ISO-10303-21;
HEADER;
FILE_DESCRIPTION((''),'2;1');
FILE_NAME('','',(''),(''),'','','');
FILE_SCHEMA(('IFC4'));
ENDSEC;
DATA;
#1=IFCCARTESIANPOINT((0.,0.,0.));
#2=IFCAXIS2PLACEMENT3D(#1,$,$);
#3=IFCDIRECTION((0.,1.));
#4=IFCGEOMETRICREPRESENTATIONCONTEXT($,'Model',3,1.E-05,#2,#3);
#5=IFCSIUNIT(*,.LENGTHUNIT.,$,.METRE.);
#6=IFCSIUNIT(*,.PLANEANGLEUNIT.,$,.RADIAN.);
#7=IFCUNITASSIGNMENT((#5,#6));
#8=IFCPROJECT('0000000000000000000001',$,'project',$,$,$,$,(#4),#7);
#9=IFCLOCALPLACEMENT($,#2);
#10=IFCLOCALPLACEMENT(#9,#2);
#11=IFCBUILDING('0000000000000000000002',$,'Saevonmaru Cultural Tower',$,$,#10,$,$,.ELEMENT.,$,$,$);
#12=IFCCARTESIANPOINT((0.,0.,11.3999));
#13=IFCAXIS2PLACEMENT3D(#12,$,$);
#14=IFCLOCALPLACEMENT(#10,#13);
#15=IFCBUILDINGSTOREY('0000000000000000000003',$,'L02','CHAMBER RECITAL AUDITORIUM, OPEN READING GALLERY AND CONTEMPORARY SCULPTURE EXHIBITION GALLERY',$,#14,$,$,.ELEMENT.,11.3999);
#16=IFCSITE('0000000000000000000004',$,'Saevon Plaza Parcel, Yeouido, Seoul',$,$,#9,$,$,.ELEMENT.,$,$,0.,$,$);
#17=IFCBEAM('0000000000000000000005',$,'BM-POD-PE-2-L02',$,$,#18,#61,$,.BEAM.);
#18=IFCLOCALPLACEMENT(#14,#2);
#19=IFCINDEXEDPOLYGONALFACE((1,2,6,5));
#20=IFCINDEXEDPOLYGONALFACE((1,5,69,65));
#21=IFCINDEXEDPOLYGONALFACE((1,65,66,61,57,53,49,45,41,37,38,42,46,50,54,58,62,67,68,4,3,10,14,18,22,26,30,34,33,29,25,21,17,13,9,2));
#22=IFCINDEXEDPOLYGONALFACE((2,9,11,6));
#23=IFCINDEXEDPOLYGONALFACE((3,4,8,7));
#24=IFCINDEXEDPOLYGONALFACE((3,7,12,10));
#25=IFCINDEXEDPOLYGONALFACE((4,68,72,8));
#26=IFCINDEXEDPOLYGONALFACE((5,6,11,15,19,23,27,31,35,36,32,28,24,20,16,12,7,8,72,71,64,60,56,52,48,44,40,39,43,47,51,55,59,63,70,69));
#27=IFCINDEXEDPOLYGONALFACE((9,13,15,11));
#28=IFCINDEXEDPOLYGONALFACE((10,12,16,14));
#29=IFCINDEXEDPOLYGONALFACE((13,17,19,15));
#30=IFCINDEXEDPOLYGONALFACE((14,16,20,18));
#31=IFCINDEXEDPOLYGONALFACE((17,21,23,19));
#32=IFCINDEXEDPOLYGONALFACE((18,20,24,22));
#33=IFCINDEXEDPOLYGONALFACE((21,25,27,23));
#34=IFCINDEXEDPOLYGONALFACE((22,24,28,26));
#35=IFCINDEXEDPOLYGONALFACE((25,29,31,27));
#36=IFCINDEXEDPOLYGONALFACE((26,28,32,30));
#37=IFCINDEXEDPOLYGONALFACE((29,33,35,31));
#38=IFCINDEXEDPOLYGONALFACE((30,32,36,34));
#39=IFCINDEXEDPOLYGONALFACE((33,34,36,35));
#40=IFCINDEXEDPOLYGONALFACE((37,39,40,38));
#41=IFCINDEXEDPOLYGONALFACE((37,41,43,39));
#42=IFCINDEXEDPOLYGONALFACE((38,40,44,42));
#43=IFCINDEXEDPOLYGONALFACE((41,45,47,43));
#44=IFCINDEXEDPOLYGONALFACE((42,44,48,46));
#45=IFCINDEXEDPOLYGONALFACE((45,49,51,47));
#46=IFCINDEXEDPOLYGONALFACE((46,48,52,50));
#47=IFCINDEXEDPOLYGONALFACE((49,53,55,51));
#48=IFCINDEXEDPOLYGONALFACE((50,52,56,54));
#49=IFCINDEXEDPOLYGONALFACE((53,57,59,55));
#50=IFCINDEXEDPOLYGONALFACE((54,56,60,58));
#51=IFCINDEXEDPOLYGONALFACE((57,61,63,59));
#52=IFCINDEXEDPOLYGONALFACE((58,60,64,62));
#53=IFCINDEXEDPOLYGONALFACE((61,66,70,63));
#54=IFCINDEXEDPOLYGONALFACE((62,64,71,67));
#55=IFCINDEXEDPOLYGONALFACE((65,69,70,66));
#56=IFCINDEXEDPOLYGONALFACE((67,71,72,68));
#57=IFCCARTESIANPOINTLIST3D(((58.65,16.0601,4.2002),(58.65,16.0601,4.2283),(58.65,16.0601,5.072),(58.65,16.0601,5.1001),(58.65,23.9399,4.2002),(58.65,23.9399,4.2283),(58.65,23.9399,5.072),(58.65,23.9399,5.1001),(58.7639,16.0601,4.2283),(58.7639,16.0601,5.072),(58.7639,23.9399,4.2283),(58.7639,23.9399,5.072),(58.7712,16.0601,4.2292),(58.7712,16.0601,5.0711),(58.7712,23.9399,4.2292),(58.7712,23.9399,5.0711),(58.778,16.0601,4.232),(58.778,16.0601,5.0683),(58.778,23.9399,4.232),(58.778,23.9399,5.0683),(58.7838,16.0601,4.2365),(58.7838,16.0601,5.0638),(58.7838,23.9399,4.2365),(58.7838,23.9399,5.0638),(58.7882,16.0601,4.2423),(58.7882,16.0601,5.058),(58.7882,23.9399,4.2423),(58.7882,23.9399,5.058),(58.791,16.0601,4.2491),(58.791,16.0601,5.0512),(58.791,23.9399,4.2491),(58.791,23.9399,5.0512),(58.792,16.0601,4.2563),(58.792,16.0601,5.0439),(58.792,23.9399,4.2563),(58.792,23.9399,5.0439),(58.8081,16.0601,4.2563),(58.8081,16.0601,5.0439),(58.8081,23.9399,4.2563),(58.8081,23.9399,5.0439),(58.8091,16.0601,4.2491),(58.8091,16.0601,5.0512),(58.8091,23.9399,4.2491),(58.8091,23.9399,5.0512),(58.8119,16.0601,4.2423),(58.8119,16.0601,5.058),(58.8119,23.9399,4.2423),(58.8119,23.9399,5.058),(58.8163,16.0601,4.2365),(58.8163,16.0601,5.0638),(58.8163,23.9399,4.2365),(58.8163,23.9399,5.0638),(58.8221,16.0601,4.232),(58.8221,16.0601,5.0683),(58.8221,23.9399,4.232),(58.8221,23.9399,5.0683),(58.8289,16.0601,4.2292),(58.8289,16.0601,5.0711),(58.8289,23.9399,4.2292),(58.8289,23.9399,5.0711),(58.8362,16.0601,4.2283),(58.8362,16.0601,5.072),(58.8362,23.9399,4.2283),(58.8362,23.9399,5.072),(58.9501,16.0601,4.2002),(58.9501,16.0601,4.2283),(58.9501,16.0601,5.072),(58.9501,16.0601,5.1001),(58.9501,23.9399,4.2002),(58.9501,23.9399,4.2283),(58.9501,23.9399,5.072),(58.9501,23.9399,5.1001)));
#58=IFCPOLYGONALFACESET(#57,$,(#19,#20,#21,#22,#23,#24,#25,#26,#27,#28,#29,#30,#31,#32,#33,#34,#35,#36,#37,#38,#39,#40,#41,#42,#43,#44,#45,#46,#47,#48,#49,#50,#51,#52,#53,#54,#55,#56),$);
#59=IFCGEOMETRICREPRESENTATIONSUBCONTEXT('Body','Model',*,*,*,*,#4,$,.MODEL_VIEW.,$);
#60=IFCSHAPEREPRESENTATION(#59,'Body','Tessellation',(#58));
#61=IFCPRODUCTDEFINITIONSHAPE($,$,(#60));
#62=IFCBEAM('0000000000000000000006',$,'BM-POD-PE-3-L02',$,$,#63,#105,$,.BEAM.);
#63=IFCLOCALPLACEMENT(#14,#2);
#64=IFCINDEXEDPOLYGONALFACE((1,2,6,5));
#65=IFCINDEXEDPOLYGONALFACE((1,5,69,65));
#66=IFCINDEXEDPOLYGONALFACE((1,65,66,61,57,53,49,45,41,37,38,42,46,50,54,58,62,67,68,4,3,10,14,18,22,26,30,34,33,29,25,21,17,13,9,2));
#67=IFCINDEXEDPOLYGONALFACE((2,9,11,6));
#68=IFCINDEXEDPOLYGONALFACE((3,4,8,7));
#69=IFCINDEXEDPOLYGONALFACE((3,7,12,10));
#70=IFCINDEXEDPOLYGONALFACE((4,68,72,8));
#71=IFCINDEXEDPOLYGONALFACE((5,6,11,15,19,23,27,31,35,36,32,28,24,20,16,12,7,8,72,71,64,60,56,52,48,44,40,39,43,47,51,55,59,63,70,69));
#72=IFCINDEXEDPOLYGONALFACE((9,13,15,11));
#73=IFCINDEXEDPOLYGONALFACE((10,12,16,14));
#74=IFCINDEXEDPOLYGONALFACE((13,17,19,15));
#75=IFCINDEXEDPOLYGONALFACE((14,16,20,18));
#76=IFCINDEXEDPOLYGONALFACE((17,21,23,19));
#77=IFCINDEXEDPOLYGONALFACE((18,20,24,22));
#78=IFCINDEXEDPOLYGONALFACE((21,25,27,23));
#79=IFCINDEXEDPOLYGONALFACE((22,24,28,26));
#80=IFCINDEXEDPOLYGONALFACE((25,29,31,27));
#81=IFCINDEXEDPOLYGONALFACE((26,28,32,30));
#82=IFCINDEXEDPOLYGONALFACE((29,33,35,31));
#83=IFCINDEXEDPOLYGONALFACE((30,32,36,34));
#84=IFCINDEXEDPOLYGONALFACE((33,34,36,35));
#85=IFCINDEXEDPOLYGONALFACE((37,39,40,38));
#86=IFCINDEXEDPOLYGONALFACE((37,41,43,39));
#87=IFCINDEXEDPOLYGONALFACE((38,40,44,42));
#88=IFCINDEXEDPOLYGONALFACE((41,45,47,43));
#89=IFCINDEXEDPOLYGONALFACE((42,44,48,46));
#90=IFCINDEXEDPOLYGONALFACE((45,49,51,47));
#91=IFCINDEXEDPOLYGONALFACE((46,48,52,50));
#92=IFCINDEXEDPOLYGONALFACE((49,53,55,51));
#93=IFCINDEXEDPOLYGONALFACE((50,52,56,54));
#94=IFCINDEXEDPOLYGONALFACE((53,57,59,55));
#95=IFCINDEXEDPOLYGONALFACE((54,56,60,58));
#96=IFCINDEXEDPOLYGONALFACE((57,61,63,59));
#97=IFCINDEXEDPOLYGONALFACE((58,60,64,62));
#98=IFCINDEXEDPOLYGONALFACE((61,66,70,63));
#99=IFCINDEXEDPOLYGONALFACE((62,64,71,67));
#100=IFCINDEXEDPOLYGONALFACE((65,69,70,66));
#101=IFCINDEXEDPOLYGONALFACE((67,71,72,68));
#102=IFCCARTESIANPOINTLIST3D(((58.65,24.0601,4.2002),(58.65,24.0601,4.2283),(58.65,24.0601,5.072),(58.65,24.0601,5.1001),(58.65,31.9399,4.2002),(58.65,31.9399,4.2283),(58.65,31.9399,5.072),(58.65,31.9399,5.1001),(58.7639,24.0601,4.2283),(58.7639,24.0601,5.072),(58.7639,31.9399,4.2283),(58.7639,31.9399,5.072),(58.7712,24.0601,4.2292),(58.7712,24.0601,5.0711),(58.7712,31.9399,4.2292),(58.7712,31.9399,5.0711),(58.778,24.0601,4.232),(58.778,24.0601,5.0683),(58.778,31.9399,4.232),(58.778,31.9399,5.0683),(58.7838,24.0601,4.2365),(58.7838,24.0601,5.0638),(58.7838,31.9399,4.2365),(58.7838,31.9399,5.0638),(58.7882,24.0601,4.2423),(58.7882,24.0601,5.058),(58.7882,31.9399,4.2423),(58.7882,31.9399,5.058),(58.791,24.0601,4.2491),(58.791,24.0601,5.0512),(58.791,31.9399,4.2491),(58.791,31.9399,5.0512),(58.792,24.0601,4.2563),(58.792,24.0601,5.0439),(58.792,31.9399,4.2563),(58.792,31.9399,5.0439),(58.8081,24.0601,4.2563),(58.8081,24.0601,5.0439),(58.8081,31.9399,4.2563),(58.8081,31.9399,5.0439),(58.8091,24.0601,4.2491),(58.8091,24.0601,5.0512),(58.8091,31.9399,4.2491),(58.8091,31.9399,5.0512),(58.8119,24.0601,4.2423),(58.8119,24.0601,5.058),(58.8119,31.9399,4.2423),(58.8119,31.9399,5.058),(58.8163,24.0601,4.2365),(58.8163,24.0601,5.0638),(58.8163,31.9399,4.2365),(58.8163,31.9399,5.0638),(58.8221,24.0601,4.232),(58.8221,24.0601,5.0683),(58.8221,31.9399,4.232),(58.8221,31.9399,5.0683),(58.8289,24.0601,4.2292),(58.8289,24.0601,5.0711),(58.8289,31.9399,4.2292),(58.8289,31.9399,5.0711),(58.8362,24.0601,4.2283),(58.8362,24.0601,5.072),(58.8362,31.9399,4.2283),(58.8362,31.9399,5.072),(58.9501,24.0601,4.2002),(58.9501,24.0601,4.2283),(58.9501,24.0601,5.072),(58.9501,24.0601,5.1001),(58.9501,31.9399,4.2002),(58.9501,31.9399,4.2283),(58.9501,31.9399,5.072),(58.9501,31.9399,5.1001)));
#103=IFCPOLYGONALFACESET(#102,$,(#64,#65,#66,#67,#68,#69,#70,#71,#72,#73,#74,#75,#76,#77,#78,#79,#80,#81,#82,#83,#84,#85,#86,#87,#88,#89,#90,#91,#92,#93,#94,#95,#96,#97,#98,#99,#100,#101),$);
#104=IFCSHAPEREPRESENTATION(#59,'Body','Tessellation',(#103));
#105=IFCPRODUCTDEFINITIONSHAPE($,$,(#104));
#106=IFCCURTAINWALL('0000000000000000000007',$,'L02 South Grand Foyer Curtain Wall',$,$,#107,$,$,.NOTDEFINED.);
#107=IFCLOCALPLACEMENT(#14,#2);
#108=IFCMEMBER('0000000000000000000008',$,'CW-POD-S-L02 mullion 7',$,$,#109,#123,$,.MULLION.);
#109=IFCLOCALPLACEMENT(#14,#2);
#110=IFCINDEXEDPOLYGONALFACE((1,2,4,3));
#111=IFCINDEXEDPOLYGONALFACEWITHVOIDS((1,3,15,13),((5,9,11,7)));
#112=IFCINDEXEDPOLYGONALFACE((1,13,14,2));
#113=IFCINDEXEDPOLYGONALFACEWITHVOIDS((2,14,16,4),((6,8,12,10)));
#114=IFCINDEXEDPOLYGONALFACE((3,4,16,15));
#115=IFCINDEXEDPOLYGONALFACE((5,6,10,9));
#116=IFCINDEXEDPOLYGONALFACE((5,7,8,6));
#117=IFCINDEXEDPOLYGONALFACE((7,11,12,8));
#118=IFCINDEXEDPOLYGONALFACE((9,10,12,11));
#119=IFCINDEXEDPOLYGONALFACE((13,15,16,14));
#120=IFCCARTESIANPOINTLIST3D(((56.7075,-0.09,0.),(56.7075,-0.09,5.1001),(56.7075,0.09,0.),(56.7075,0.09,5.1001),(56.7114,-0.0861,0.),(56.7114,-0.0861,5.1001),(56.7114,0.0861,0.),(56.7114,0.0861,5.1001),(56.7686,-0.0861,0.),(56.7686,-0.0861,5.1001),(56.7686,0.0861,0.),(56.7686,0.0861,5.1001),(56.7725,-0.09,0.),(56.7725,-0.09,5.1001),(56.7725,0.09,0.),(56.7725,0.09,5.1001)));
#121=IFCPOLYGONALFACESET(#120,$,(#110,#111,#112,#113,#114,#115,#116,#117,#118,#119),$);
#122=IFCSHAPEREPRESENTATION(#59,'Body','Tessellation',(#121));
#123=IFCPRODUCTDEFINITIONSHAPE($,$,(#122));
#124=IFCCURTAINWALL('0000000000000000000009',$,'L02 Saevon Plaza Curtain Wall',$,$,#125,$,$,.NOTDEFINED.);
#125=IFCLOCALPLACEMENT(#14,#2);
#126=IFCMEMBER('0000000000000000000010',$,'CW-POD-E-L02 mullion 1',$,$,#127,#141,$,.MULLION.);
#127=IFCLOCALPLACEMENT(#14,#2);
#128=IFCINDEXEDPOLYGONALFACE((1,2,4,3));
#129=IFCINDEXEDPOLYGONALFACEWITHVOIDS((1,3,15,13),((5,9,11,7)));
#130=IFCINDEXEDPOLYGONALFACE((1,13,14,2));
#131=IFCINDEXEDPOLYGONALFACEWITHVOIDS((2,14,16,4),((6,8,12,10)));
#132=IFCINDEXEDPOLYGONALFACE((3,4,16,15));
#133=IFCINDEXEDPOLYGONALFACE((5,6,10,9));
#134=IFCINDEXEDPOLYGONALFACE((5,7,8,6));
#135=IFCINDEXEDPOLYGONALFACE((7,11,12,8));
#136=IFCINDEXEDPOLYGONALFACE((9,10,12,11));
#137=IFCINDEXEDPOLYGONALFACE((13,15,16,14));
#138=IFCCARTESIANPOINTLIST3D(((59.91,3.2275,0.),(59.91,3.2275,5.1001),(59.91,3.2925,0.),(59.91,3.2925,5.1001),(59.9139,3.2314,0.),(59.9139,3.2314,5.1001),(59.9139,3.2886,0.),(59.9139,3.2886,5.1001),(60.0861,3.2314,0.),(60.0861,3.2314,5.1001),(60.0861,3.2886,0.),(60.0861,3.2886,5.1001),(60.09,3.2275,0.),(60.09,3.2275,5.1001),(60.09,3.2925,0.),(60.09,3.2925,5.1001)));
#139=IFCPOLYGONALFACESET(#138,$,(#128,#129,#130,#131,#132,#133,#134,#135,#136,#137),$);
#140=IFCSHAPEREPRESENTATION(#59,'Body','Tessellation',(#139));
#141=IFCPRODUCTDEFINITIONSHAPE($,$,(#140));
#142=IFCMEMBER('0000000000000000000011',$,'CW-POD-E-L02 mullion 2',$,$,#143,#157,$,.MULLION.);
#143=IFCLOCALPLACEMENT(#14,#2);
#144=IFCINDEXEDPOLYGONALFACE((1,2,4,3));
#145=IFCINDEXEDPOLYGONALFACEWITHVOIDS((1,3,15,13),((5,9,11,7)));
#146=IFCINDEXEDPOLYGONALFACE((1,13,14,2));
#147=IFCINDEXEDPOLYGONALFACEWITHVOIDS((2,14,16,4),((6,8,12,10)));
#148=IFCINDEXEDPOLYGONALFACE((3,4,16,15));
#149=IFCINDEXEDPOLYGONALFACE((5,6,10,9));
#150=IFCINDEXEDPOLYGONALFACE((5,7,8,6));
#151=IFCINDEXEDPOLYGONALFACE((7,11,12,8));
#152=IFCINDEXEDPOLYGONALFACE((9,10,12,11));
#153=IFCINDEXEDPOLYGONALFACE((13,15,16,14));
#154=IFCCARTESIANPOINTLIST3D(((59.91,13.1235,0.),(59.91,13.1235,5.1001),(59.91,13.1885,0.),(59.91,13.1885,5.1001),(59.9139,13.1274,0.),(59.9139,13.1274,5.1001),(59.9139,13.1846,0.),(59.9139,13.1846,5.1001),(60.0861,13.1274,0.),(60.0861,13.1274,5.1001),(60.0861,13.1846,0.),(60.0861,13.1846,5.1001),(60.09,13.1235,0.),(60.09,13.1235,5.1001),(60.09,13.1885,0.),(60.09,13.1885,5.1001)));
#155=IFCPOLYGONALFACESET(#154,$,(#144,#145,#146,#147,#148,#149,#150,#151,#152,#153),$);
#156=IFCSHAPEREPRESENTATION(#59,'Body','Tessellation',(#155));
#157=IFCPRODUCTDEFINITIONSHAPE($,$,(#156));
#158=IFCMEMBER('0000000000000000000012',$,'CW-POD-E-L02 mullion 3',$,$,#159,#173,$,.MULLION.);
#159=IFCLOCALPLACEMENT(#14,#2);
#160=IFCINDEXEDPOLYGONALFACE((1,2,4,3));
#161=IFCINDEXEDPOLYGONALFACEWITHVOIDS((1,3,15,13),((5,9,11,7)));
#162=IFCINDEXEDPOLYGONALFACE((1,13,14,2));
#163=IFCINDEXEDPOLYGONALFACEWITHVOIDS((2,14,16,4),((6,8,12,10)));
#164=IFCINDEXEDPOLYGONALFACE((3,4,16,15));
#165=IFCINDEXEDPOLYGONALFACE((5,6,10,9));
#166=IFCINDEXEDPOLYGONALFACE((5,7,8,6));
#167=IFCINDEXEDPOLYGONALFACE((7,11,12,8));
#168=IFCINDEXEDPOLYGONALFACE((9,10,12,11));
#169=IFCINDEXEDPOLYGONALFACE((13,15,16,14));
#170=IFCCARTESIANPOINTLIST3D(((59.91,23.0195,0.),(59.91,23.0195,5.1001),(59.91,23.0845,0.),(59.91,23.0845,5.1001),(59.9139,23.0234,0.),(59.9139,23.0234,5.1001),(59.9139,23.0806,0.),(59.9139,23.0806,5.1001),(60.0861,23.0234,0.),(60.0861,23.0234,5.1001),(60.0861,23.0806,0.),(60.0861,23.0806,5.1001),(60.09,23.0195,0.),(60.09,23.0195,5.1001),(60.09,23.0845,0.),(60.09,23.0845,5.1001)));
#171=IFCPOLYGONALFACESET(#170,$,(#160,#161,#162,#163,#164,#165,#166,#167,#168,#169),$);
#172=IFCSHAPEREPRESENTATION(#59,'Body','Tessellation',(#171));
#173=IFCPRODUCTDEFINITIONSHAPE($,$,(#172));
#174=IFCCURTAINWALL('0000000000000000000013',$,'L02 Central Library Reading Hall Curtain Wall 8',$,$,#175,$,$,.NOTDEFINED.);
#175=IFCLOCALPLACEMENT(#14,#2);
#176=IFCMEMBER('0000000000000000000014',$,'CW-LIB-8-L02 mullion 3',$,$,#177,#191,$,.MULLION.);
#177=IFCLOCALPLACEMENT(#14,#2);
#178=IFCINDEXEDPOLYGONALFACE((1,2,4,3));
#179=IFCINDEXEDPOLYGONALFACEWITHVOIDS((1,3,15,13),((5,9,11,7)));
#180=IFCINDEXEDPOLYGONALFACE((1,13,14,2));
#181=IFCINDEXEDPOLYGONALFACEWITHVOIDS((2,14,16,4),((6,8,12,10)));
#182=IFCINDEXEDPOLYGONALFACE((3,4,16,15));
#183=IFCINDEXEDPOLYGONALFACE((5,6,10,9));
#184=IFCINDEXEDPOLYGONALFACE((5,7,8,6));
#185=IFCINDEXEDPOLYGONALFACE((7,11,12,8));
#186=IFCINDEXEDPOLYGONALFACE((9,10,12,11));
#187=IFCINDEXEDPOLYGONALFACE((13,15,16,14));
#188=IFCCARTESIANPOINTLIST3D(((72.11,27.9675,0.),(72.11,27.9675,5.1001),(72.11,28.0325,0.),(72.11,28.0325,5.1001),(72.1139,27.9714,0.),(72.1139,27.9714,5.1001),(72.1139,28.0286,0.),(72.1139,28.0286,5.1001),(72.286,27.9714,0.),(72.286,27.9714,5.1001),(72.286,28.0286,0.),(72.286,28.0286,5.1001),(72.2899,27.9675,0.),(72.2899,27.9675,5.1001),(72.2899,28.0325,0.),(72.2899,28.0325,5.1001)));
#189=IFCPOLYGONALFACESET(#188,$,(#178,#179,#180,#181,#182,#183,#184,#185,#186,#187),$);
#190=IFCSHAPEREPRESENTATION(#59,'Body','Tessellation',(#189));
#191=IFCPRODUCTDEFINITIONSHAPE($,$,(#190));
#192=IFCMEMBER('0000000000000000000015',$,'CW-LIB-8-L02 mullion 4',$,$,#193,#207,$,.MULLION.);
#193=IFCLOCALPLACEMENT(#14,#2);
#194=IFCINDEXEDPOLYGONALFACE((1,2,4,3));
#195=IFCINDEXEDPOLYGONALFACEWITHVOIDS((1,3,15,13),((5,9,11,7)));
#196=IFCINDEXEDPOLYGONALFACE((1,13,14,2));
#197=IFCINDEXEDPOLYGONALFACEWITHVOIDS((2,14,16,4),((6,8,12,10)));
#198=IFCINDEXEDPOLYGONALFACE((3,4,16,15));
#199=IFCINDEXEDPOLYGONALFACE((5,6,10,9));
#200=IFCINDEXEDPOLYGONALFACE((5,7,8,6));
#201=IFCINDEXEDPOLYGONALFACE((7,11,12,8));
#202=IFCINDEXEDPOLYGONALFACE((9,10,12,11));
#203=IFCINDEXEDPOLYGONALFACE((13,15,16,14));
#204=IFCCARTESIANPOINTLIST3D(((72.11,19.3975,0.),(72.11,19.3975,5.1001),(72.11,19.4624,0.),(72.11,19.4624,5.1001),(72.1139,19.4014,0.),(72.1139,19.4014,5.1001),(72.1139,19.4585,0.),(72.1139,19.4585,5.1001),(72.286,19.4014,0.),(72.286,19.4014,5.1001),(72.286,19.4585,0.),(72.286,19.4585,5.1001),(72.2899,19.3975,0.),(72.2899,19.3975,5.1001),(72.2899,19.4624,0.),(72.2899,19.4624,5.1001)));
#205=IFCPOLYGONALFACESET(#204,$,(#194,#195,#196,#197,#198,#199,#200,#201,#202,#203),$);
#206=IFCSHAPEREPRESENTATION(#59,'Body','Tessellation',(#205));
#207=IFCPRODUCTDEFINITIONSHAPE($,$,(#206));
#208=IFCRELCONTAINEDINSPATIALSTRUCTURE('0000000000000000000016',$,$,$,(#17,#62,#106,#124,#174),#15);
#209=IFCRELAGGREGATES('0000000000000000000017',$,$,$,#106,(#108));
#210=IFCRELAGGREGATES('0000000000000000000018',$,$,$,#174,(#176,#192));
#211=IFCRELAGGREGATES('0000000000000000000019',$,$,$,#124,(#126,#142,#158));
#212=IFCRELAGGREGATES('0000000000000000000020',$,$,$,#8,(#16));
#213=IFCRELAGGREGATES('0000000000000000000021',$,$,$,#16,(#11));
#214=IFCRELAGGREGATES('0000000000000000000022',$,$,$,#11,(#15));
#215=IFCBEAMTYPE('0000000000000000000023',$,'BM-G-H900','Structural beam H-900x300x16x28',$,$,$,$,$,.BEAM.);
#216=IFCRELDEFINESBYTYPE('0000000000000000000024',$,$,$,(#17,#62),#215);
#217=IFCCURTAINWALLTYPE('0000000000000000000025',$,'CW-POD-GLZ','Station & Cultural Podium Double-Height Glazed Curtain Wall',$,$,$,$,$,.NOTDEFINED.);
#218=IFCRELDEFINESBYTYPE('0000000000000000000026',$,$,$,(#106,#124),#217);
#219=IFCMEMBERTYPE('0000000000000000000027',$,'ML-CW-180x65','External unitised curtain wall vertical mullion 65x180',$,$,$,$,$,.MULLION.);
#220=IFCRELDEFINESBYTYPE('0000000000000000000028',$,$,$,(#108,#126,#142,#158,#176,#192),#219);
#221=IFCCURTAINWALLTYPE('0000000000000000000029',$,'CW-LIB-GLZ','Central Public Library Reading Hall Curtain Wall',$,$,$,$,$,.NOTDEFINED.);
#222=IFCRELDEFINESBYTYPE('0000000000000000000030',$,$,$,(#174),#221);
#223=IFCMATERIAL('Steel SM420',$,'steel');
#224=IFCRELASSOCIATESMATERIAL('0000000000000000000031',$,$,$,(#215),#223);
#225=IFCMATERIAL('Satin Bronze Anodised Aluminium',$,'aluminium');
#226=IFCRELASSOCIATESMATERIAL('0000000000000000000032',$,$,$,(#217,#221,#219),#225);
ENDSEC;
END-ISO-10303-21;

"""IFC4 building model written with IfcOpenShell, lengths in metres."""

from ifc_helpers import new_model, si_unit, direction, frame, origin, origin_2d, place, context, subcontext, project, spatial, hollow_rectangle, i_section, extrude, material, material_profile, profile_set, type_object, element, aggregate, save


model = new_model("IFC4")

# Units and contexts
model_context = context("Model", 3, precision=1e-05, world=origin(), true_north=direction((0.0, 1.0)))
body_context = subcontext(model_context, "Body", "Model", "MODEL_VIEW")
ifc_project = project(units=[si_unit("LENGTHUNIT", "METRE"), si_unit("PLANEANGLEUNIT", "RADIAN")], contexts=[model_context])

# Site, building, storey
site_placement = place(None, origin())
site = spatial("IfcSite", under=ifc_project, at=site_placement, Name="Saevon Plaza Parcel, Yeouido, Seoul", CompositionType="ELEMENT", RefElevation=0.0)
building_placement = place(site_placement, origin())
building = spatial("IfcBuilding", under=site, at=building_placement, Name="Saevonmaru Cultural Tower", CompositionType="ELEMENT")
storey_placement = place(building_placement, frame((0.0, 0.0, 11.3999)))
storey = spatial("IfcBuildingStorey", under=building, at=storey_placement, Name="L02", Description="CHAMBER RECITAL AUDITORIUM, OPEN READING GALLERY AND CONTEMPORARY SCULPTURE EXHIBITION GALLERY", CompositionType="ELEMENT", Elevation=11.3999)

# Shared definitions
ifc_material_1 = material(Name="Steel SM420", Category="steel")

# Beams
ifc_material_profile_1 = material_profile(ifc_material_1, i_section(OverallWidth=0.3, OverallDepth=0.8999, WebThickness=0.0161, FlangeThickness=0.0281, FilletRadius=0.0281, at=origin_2d()), Name="H-900x300x16x28")
ifc_profile_set_1 = profile_set([ifc_material_profile_1], Name="Steel SM420")
beam_type = type_object("IfcBeamType", Name="BM-G-H900", Description="Structural beam H-900x300x16x28", PredefinedType="BEAM", material=ifc_profile_set_1)
for number, where, z_axis, x_axis, name in (
    (1, (58.8, 16.0601, 4.6501), (0.0, 1.0, 0.0), (-1.0, 0.0, 0.0), "BM-POD-PE-2-L02"),
    (2, (58.8, 24.0601, 4.6501), (0.0, 1.0, 0.0), (-1.0, 0.0, 0.0), "BM-POD-PE-3-L02"),
):
    element("IfcBeam", number, at=place(storey_placement, frame(where, z_axis=z_axis, x_axis=x_axis)), inside=storey, type_object=beam_type, Name=name, PredefinedType="BEAM", context=body_context, shape_type="SweptSolid", body=[
        extrude(i_section(OverallWidth=0.3, OverallDepth=0.8999, WebThickness=0.0161, FlangeThickness=0.0281, FilletRadius=0.0281, at=origin_2d()), origin(), (0.0, 0.0, 1.0), 7.8799),
    ])

# Curtain wall, member
ifc_material_2 = material(Name="Satin Bronze Anodised Aluminium", Category="aluminium")
curtain_wall_type_1 = type_object("IfcCurtainWallType", Name="CW-POD-GLZ", Description="Station & Cultural Podium Double-Height Glazed Curtain Wall", PredefinedType="NOTDEFINED", material=ifc_material_2)
curtain_wall_1_placement = place(storey_placement, origin())
curtain_wall_1 = element("IfcCurtainWall", 3, at=curtain_wall_1_placement, inside=storey, type_object=curtain_wall_type_1, Name="L02 South Grand Foyer Curtain Wall", PredefinedType="NOTDEFINED")
ifc_material_profile_2 = material_profile(ifc_material_2, hollow_rectangle(XDim=0.0649, YDim=0.1799, WallThickness=0.0039, at=origin_2d()), Name="ALU-MULL-180x65x4")
ifc_profile_set_2 = profile_set([ifc_material_profile_2], Name="Satin Bronze Anodised Aluminium")
member_type_1 = type_object("IfcMemberType", Name="ML-CW-180x65", Description="External unitised curtain wall vertical mullion 65x180", PredefinedType="MULLION", material=ifc_profile_set_2)
member_1_placement = place(storey_placement, frame((56.74, 0.0, 0.0), z_axis=(0.0, 0.0, 1.0), x_axis=(1.0, 0.0, 0.0)))
member_1 = element("IfcMember", 4, at=member_1_placement, type_object=member_type_1, Name="CW-POD-S-L02 mullion 7", PredefinedType="MULLION", context=body_context, shape_type="SweptSolid", body=[
    extrude(hollow_rectangle(XDim=0.0649, YDim=0.1799, WallThickness=0.0039, at=origin_2d()), origin(), (0.0, 0.0, 1.0), 5.1001),
])
aggregate(curtain_wall_1, [member_1])

# Curtain walls, members
curtain_wall_2_placement = place(storey_placement, origin())
curtain_wall_2 = element("IfcCurtainWall", 5, at=curtain_wall_2_placement, inside=storey, type_object=curtain_wall_type_1, Name="L02 Saevon Plaza Curtain Wall", PredefinedType="NOTDEFINED")
member_2_placement = place(storey_placement, frame((60.0, 3.26, 0.0), z_axis=(0.0, 0.0, 1.0), x_axis=(0.0, 1.0, 0.0)))
member_2 = element("IfcMember", 6, at=member_2_placement, type_object=member_type_1, Name="CW-POD-E-L02 mullion 1", PredefinedType="MULLION", context=body_context, shape_type="SweptSolid", body=[
    extrude(hollow_rectangle(XDim=0.0649, YDim=0.1799, WallThickness=0.0039, at=origin_2d()), origin(), (0.0, 0.0, 1.0), 5.1001),
])
member_3_placement = place(storey_placement, frame((60.0, 13.156, 0.0), z_axis=(0.0, 0.0, 1.0), x_axis=(0.0, 1.0, 0.0)))
member_3 = element("IfcMember", 7, at=member_3_placement, type_object=member_type_1, Name="CW-POD-E-L02 mullion 2", PredefinedType="MULLION", context=body_context, shape_type="SweptSolid", body=[
    extrude(hollow_rectangle(XDim=0.0649, YDim=0.1799, WallThickness=0.0039, at=origin_2d()), origin(), (0.0, 0.0, 1.0), 5.1001),
])
member_4_placement = place(storey_placement, frame((60.0, 23.052, 0.0), z_axis=(0.0, 0.0, 1.0), x_axis=(0.0, 1.0, 0.0)))
member_4 = element("IfcMember", 8, at=member_4_placement, type_object=member_type_1, Name="CW-POD-E-L02 mullion 3", PredefinedType="MULLION", context=body_context, shape_type="SweptSolid", body=[
    extrude(hollow_rectangle(XDim=0.0649, YDim=0.1799, WallThickness=0.0039, at=origin_2d()), origin(), (0.0, 0.0, 1.0), 5.1001),
])
curtain_wall_type_2 = type_object("IfcCurtainWallType", Name="CW-LIB-GLZ", Description="Central Public Library Reading Hall Curtain Wall", PredefinedType="NOTDEFINED", material=ifc_material_2)
curtain_wall_3_placement = place(storey_placement, origin())
curtain_wall_3 = element("IfcCurtainWall", 9, at=curtain_wall_3_placement, inside=storey, type_object=curtain_wall_type_2, Name="L02 Central Library Reading Hall Curtain Wall 8", PredefinedType="NOTDEFINED")
member_5_placement = place(storey_placement, frame((72.2, 28.0, 0.0), z_axis=(0.0, 0.0, 1.0), x_axis=(0.0, -1.0, 0.0)))
member_5 = element("IfcMember", 10, at=member_5_placement, type_object=member_type_1, Name="CW-LIB-8-L02 mullion 3", PredefinedType="MULLION", context=body_context, shape_type="SweptSolid", body=[
    extrude(hollow_rectangle(XDim=0.0649, YDim=0.1799, WallThickness=0.0039, at=origin_2d()), origin(), (0.0, 0.0, 1.0), 5.1001),
])
member_6_placement = place(storey_placement, frame((72.2, 19.4299, 0.0), z_axis=(0.0, 0.0, 1.0), x_axis=(0.0, -1.0, 0.0)))
member_6 = element("IfcMember", 11, at=member_6_placement, type_object=member_type_1, Name="CW-LIB-8-L02 mullion 4", PredefinedType="MULLION", context=body_context, shape_type="SweptSolid", body=[
    extrude(hollow_rectangle(XDim=0.0649, YDim=0.1799, WallThickness=0.0039, at=origin_2d()), origin(), (0.0, 0.0, 1.0), 5.1001),
])

aggregate(curtain_wall_3, [member_5, member_6])

aggregate(curtain_wall_2, [member_2, member_3, member_4])

save(model, "model.ifc")
